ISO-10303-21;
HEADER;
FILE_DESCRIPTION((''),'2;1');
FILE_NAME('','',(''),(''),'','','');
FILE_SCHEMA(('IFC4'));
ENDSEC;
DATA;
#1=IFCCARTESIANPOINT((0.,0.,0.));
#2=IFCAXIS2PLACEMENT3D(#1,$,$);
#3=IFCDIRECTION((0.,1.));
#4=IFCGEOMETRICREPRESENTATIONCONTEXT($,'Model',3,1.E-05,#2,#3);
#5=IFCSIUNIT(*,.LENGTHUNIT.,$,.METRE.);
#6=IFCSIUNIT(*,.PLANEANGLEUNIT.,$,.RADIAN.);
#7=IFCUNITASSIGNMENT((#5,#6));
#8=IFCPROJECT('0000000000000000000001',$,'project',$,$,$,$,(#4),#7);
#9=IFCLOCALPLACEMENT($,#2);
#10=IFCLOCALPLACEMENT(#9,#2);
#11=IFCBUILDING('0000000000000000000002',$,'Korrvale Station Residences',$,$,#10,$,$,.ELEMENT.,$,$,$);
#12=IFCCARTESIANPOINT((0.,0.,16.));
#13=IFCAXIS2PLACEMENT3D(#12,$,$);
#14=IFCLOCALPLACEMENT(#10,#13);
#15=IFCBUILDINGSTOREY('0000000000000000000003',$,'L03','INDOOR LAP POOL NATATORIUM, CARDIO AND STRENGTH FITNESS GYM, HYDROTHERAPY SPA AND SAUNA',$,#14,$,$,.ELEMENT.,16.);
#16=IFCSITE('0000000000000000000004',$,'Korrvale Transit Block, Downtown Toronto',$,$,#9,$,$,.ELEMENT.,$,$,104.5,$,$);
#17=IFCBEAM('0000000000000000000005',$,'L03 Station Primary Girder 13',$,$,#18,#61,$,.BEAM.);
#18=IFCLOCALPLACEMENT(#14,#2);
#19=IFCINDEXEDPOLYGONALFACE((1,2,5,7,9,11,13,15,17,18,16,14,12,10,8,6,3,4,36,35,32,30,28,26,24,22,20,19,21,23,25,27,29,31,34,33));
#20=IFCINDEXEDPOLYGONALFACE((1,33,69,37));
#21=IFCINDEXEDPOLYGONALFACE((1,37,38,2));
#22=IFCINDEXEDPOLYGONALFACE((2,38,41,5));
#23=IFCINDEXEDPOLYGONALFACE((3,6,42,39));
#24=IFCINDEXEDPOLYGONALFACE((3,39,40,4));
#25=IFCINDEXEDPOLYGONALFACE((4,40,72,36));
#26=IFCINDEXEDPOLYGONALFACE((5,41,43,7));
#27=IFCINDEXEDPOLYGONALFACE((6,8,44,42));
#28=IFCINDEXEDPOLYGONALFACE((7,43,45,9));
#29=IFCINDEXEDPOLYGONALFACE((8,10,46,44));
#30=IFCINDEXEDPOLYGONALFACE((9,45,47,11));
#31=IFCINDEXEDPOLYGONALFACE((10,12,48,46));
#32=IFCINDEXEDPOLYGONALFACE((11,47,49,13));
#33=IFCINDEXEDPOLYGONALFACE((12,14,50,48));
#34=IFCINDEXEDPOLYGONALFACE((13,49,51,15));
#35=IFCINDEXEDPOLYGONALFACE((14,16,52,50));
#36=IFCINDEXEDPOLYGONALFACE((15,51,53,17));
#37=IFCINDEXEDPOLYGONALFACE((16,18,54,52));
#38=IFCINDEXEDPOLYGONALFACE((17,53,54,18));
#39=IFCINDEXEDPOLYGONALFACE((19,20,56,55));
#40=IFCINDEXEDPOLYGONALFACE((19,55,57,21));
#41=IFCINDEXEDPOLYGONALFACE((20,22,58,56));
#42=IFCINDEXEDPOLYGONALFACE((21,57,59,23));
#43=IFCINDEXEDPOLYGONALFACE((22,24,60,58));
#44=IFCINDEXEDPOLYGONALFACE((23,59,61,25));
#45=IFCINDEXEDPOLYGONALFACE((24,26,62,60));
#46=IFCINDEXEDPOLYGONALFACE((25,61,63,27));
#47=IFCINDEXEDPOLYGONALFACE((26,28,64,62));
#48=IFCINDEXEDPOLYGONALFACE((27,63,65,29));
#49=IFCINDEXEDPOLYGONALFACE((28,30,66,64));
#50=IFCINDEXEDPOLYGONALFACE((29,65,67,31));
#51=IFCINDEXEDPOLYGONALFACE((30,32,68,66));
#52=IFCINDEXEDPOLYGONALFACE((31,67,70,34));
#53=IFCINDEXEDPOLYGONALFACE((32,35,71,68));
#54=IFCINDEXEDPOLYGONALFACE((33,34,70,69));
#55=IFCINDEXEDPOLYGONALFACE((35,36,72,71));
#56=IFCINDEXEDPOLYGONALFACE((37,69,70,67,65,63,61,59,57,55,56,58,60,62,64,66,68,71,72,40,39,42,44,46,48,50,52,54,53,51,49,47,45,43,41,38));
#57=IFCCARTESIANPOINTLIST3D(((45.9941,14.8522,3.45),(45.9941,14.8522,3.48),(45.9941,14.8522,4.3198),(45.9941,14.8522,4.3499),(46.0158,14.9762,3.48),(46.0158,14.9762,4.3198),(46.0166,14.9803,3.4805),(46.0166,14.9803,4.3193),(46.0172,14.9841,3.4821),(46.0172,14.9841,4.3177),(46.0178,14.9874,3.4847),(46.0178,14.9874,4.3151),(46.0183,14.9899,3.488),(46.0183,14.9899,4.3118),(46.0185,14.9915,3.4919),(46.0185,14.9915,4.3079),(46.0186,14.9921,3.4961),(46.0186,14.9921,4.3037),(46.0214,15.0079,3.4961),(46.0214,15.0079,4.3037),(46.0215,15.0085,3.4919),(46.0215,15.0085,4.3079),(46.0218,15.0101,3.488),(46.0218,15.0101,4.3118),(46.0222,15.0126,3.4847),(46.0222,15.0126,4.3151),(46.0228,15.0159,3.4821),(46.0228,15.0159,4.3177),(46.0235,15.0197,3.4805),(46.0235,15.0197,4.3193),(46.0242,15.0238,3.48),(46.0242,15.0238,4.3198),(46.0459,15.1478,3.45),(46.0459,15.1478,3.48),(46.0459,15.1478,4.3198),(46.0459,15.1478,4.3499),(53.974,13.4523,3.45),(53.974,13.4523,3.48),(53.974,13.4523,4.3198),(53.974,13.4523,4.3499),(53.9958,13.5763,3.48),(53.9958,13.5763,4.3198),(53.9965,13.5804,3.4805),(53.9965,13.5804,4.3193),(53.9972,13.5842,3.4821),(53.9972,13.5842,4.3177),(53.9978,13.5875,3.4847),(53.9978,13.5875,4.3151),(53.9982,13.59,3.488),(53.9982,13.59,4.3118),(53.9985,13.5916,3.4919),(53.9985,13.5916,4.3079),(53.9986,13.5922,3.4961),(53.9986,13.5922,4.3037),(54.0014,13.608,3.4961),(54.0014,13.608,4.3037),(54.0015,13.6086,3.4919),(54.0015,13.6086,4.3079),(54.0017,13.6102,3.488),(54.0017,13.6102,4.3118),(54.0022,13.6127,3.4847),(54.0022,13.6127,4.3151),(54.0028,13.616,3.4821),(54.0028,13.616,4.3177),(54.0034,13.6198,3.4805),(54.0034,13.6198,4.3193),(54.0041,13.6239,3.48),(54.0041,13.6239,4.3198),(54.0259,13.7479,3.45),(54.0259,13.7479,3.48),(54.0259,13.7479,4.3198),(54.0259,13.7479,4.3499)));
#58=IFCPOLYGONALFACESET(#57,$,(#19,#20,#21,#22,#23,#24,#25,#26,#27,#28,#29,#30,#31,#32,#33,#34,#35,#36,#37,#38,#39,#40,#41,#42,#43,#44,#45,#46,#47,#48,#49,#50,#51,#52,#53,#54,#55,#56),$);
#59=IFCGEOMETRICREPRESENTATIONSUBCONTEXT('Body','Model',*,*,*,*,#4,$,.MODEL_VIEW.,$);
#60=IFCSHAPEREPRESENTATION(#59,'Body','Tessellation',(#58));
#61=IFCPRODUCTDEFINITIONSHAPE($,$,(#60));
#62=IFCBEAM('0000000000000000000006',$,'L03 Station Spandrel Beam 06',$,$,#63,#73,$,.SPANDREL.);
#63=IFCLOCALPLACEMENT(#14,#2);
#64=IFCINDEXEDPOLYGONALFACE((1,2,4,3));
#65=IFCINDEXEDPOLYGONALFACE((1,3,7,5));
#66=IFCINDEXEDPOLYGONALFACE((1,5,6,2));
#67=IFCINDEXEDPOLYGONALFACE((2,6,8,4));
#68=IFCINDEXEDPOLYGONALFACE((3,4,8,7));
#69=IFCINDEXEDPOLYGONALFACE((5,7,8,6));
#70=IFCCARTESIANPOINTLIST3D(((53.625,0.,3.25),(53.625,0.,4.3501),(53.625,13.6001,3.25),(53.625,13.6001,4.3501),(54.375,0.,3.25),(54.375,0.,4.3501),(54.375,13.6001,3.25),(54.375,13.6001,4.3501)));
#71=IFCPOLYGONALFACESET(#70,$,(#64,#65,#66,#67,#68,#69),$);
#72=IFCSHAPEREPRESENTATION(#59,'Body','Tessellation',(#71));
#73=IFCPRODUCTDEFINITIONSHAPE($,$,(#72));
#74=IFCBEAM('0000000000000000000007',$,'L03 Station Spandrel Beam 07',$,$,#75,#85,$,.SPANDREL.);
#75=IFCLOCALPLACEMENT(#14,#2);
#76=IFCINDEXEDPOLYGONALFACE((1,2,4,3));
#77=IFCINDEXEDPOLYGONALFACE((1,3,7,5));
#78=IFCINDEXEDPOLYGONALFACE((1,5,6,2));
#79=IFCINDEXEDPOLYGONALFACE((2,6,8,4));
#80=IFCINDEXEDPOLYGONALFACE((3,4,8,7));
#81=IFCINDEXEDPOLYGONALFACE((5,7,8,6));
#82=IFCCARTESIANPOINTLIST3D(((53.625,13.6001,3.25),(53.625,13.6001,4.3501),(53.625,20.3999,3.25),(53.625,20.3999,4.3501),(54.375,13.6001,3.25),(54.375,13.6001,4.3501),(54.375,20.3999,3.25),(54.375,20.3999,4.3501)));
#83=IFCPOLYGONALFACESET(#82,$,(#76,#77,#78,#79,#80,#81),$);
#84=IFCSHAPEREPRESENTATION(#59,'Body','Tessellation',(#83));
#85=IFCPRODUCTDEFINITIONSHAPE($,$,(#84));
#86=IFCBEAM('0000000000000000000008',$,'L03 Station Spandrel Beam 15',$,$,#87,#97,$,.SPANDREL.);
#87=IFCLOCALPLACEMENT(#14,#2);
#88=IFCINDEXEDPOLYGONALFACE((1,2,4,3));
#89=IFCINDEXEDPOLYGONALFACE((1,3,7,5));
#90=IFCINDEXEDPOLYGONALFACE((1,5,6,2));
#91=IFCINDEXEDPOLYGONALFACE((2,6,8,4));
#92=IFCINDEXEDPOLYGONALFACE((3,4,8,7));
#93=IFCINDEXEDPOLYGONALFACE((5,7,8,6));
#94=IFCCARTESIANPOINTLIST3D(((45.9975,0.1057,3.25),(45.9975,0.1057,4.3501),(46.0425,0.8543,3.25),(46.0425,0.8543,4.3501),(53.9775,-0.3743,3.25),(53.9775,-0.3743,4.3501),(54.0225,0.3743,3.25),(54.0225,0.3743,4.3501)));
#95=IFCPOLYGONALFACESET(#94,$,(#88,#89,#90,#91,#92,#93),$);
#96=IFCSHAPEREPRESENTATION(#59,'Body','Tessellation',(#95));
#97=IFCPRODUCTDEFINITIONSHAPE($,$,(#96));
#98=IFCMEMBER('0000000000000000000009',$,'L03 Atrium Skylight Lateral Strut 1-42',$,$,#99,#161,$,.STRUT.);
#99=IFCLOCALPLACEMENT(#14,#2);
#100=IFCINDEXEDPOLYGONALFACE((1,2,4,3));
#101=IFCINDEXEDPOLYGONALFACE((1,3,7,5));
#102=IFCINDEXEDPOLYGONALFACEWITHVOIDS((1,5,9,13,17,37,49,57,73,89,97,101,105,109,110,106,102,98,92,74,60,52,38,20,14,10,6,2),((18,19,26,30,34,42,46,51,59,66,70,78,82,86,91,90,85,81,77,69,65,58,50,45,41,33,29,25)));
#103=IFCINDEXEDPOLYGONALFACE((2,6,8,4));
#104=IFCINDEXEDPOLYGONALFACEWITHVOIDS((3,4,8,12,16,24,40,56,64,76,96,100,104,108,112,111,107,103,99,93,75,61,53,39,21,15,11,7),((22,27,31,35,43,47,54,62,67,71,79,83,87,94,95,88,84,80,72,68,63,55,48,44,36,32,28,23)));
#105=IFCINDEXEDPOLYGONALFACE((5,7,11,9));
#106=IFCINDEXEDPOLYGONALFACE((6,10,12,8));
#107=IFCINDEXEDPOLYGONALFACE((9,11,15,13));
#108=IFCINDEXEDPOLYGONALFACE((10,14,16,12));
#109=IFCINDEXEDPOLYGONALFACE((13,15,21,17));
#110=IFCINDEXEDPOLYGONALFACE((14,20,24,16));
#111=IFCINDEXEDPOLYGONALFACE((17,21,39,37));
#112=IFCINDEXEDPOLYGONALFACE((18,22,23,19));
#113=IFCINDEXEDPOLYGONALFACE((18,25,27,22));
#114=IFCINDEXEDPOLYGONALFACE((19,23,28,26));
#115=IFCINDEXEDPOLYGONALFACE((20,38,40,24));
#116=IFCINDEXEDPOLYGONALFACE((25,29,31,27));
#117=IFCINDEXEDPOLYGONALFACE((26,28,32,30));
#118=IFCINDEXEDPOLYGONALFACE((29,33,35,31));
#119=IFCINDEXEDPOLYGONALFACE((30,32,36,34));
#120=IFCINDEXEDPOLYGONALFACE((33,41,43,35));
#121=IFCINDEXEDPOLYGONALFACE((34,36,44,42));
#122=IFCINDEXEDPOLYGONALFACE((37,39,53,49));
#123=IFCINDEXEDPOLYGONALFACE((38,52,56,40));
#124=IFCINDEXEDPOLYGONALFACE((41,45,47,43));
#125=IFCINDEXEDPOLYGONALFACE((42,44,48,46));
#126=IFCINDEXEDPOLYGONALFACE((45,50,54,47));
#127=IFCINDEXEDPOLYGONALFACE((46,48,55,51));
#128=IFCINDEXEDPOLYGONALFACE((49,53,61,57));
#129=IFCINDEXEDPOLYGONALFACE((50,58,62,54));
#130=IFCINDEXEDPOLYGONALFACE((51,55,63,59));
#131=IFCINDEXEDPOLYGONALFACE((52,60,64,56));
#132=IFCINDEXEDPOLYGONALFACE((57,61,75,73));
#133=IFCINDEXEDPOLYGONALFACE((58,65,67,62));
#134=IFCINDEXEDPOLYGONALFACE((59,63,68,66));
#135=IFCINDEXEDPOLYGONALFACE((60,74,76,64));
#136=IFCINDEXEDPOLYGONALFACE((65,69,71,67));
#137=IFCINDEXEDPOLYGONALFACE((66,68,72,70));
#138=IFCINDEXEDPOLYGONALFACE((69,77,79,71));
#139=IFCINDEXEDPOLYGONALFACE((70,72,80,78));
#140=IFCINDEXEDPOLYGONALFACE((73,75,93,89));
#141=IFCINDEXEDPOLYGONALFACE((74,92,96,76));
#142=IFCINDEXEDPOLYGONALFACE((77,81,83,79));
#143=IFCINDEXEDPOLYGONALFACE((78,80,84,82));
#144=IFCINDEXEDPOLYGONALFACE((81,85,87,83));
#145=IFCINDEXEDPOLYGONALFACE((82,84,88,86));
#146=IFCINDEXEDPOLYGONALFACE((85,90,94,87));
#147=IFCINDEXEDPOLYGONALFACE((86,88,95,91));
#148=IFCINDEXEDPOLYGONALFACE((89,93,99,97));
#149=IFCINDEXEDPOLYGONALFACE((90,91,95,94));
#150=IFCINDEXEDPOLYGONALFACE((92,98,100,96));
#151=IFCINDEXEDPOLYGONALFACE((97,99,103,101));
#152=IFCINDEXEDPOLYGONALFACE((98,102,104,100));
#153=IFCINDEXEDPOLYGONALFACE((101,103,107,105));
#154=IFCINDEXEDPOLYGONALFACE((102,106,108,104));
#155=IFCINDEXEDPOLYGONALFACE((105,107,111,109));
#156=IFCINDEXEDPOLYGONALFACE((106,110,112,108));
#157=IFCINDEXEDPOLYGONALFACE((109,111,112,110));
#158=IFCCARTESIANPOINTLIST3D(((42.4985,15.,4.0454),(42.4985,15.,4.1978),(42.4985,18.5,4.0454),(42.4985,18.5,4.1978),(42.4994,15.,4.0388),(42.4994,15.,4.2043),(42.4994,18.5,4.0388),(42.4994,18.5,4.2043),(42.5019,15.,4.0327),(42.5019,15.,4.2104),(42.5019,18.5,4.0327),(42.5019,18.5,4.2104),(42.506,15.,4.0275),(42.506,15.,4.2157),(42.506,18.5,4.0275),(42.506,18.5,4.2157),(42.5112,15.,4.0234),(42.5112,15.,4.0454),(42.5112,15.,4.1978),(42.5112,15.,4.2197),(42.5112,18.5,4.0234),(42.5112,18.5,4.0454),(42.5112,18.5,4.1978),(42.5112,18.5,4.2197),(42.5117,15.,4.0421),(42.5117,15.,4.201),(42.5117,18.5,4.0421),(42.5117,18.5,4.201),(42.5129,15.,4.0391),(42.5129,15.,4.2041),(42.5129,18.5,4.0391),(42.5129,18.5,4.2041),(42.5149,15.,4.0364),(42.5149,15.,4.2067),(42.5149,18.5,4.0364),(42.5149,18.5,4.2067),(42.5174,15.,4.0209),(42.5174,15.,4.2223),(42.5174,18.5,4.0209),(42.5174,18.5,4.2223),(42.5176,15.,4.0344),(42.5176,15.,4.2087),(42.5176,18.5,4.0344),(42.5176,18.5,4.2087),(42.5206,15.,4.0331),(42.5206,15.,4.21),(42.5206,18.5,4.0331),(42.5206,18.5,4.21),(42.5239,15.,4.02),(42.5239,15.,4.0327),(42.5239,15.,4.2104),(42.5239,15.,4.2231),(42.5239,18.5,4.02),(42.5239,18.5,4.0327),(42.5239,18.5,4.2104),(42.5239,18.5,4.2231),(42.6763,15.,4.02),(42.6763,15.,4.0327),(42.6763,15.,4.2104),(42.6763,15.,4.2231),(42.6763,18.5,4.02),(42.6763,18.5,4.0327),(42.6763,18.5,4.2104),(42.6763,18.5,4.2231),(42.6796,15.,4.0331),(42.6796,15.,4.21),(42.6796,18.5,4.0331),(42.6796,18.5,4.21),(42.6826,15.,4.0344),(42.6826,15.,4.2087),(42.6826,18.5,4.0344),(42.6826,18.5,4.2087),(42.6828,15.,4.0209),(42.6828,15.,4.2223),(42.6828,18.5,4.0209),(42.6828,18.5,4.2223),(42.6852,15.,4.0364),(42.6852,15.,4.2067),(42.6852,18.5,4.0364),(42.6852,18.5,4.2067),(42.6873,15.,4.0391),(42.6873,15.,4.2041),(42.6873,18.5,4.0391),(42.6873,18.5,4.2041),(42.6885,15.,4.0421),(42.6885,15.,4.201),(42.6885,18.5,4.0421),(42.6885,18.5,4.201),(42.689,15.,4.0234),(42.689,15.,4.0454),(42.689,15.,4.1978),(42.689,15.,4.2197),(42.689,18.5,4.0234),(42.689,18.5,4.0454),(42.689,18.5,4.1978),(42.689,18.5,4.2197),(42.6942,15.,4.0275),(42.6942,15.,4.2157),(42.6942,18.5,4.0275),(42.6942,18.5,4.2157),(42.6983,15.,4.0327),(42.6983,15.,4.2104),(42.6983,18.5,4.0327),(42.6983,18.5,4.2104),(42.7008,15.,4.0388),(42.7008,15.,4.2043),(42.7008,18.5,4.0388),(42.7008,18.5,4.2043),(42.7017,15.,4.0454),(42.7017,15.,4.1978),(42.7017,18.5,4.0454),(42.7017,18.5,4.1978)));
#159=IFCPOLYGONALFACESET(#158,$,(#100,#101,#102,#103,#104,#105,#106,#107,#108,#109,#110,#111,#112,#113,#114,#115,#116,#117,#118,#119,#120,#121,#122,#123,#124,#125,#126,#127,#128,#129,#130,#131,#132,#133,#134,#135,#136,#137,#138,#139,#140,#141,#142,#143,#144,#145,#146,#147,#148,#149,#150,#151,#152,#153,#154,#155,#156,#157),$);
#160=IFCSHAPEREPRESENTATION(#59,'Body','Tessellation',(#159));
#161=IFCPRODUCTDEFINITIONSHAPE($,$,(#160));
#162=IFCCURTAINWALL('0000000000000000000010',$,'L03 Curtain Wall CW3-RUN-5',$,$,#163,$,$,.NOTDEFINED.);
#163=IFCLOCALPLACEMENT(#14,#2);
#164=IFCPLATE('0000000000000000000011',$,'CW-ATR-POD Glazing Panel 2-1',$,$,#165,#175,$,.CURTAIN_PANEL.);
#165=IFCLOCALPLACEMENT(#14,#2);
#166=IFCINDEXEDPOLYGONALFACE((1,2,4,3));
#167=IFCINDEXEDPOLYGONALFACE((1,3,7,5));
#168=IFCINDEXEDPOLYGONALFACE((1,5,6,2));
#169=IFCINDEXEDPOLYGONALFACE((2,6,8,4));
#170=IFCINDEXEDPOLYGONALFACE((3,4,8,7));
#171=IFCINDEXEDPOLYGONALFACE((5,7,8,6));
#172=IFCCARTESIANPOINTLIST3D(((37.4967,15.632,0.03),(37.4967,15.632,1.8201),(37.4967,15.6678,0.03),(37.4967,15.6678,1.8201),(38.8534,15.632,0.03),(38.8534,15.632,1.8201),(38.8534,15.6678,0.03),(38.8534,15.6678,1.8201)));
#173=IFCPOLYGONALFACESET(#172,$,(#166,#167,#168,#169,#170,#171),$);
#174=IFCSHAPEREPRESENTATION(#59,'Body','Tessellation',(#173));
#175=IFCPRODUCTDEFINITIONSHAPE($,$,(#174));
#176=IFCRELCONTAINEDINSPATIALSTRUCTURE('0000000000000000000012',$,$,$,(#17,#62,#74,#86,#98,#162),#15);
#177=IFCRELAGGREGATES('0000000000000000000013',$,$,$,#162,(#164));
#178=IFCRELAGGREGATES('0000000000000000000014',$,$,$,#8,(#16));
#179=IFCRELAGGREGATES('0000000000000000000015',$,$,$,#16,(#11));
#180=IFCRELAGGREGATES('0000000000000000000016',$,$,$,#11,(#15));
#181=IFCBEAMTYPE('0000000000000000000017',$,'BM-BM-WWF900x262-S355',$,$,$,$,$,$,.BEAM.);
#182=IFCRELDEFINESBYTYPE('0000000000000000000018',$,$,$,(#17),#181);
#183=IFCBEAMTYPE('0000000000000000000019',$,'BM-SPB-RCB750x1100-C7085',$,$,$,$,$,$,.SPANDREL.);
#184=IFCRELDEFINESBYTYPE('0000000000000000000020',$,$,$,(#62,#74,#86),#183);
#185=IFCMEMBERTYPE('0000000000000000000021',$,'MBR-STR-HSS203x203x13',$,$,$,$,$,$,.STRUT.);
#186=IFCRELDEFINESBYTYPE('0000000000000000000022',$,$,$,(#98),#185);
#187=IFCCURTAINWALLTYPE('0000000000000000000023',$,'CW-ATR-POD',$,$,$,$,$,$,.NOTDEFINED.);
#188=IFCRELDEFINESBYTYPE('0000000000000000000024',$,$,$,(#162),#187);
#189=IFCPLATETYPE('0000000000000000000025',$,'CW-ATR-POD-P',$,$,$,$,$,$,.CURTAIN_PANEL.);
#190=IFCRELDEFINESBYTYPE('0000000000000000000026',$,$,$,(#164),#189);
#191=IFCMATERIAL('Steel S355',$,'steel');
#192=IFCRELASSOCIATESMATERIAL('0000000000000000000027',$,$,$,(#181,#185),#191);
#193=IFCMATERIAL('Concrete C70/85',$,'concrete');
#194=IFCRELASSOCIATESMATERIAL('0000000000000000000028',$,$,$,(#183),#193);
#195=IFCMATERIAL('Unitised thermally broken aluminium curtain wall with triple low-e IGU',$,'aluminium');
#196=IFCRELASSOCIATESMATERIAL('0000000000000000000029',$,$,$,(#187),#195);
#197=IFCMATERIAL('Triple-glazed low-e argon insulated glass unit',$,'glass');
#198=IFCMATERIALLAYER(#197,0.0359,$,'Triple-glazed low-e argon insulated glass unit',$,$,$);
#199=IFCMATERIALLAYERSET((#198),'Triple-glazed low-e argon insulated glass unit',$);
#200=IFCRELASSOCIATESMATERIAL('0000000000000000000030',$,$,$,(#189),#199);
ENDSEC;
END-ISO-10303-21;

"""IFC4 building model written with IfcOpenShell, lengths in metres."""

from ifc_helpers import new_model, si_unit, direction, frame, origin, origin_2d, place, context, subcontext, project, spatial, rectangle, hollow_rectangle, i_section, extrude, material, layer, layer_set, material_profile, profile_set, type_object, element, aggregate, save


model = new_model("IFC4")

# Units and contexts
model_context = context("Model", 3, precision=1e-05, world=origin(), true_north=direction((0.0, 1.0)))
body_context = subcontext(model_context, "Body", "Model", "MODEL_VIEW")
ifc_project = project(units=[si_unit("LENGTHUNIT", "METRE"), si_unit("PLANEANGLEUNIT", "RADIAN")], contexts=[model_context])

# Site, building, storey
site_placement = place(None, origin())
site = spatial("IfcSite", under=ifc_project, at=site_placement, Name="Korrvale Transit Block, Downtown Toronto", CompositionType="ELEMENT", RefElevation=104.5)
building_placement = place(site_placement, origin())
building = spatial("IfcBuilding", under=site, at=building_placement, Name="Korrvale Station Residences", CompositionType="ELEMENT")
storey_placement = place(building_placement, frame((0.0, 0.0, 16.0)))
storey = spatial("IfcBuildingStorey", under=building, at=storey_placement, Name="L03", Description="INDOOR LAP POOL NATATORIUM, CARDIO AND STRENGTH FITNESS GYM, HYDROTHERAPY SPA AND SAUNA", CompositionType="ELEMENT", Elevation=16.0)

# Shared definitions
ifc_material_1 = material(Name="Concrete C70/85", Category="concrete")

# Beams
ifc_material_2 = material(Name="Steel S355", Category="steel")
ifc_material_profile_1 = material_profile(ifc_material_2, i_section(OverallWidth=0.3, OverallDepth=0.8999, WebThickness=0.0161, FlangeThickness=0.03, FilletRadius=0.0161, at=origin_2d()), Name="WWF900x262")
ifc_profile_set_1 = profile_set([ifc_material_profile_1], Name="Steel S355")
beam_type_1 = type_object("IfcBeamType", Name="BM-BM-WWF900x262-S355", PredefinedType="BEAM", material=ifc_profile_set_1)
beam_1_placement = place(storey_placement, frame((46.02, 15.0, 3.8999), z_axis=(0.984959, -0.172788, 0.0), x_axis=(0.172788, 0.984959, 0.0)))
element("IfcBeam", 1, at=beam_1_placement, inside=storey, type_object=beam_type_1, Name="L03 Station Primary Girder 13", PredefinedType="BEAM", context=body_context, shape_type="SweptSolid", body=[
    extrude(i_section(OverallWidth=0.3, OverallDepth=0.8999, WebThickness=0.0161, FlangeThickness=0.03, FilletRadius=0.0161, at=origin_2d()), origin(), (0.0, 0.0, 1.0), 8.1018),
])
ifc_material_profile_2 = material_profile(ifc_material_1, rectangle(XDim=0.75, YDim=1.1001, at=origin_2d()), Name="RCB750x1100")
ifc_profile_set_2 = profile_set([ifc_material_profile_2], Name="Concrete C70/85")
beam_type_2 = type_object("IfcBeamType", Name="BM-SPB-RCB750x1100-C7085", PredefinedType="SPANDREL", material=ifc_profile_set_2)
beam_2_placement = place(storey_placement, frame((54.0, 0.0, 3.8), z_axis=(0.0, 1.0, 0.0), x_axis=(-1.0, 0.0, 0.0)))
element("IfcBeam", 2, at=beam_2_placement, inside=storey, type_object=beam_type_2, Name="L03 Station Spandrel Beam 06", PredefinedType="SPANDREL", context=body_context, shape_type="SweptSolid", body=[
    extrude(rectangle(XDim=0.75, YDim=1.1001, at=origin_2d()), origin(), (0.0, 0.0, 1.0), 13.6001),
])
beam_3_placement = place(storey_placement, frame((54.0, 13.6001, 3.8), z_axis=(0.0, 1.0, 0.0), x_axis=(-1.0, 0.0, 0.0)))
element("IfcBeam", 3, at=beam_3_placement, inside=storey, type_object=beam_type_2, Name="L03 Station Spandrel Beam 07", PredefinedType="SPANDREL", context=body_context, shape_type="SweptSolid", body=[
    extrude(rectangle(XDim=0.75, YDim=1.1001, at=origin_2d()), origin(), (0.0, 0.0, 1.0), 6.7998),
])
beam_4_placement = place(storey_placement, frame((46.02, 0.48, 3.8), z_axis=(0.998196, -0.06004, 0.0), x_axis=(0.06004, 0.998196, 0.0)))
element("IfcBeam", 4, at=beam_4_placement, inside=storey, type_object=beam_type_2, Name="L03 Station Spandrel Beam 15", PredefinedType="SPANDREL", context=body_context, shape_type="SweptSolid", body=[
    extrude(rectangle(XDim=0.75, YDim=1.1001, at=origin_2d()), origin(), (0.0, 0.0, 1.0), 7.9944),
])

# Member
ifc_material_profile_3 = material_profile(ifc_material_2, hollow_rectangle(XDim=0.2031, YDim=0.2031, WallThickness=0.0127, InnerFilletRadius=0.0127, OuterFilletRadius=0.0254, at=origin_2d()), Name="HSS203x203x13")
ifc_profile_set_3 = profile_set([ifc_material_profile_3], Name="Steel S355")
member_type = type_object("IfcMemberType", Name="MBR-STR-HSS203x203x13", PredefinedType="STRUT", material=ifc_profile_set_3)
member_placement = place(storey_placement, frame((42.6001, 15.0, 4.1216), z_axis=(0.0, 1.0, 0.0), x_axis=(-1.0, 0.0, 0.0)))
element("IfcMember", 5, at=member_placement, inside=storey, type_object=member_type, Name="L03 Atrium Skylight Lateral Strut 1-42", PredefinedType="STRUT", context=body_context, shape_type="SweptSolid", body=[
    extrude(hollow_rectangle(XDim=0.2031, YDim=0.2031, WallThickness=0.0127, InnerFilletRadius=0.0127, OuterFilletRadius=0.0254, at=origin_2d()), origin(), (0.0, 0.0, 1.0), 3.5),
])

# Curtain wall, plate
ifc_material_3 = material(Name="Unitised thermally broken aluminium curtain wall with triple low-e IGU", Category="aluminium")
curtain_wall_type = type_object("IfcCurtainWallType", Name="CW-ATR-POD", PredefinedType="NOTDEFINED", material=ifc_material_3)
curtain_wall_placement = place(storey_placement, origin())
curtain_wall = element("IfcCurtainWall", 6, at=curtain_wall_placement, inside=storey, type_object=curtain_wall_type, Name="L03 Curtain Wall CW3-RUN-5", PredefinedType="NOTDEFINED")
ifc_material_4 = material(Name="Triple-glazed low-e argon insulated glass unit", Category="glass")
ifc_layer_1 = layer(ifc_material_4, 0.0359, Name="Triple-glazed low-e argon insulated glass unit")
ifc_layer_set_1 = layer_set([ifc_layer_1], Name="Triple-glazed low-e argon insulated glass unit")
plate_type = type_object("IfcPlateType", Name="CW-ATR-POD-P", PredefinedType="CURTAIN_PANEL", material=ifc_layer_set_1)
plate_placement = place(storey_placement, frame((38.175, 15.6499, 0.03), z_axis=(0.0, 0.0, 1.0), x_axis=(1.0, 0.0, 0.0)))
plate = element("IfcPlate", 7, at=plate_placement, type_object=plate_type, Name="CW-ATR-POD Glazing Panel 2-1", PredefinedType="CURTAIN_PANEL", context=body_context, shape_type="SweptSolid", body=[
    extrude(rectangle(XDim=1.3567, YDim=0.0359, at=origin_2d()), origin(), (0.0, 0.0, 1.0), 1.79),
])
aggregate(curtain_wall, [plate])

save(model, "model.ifc")
